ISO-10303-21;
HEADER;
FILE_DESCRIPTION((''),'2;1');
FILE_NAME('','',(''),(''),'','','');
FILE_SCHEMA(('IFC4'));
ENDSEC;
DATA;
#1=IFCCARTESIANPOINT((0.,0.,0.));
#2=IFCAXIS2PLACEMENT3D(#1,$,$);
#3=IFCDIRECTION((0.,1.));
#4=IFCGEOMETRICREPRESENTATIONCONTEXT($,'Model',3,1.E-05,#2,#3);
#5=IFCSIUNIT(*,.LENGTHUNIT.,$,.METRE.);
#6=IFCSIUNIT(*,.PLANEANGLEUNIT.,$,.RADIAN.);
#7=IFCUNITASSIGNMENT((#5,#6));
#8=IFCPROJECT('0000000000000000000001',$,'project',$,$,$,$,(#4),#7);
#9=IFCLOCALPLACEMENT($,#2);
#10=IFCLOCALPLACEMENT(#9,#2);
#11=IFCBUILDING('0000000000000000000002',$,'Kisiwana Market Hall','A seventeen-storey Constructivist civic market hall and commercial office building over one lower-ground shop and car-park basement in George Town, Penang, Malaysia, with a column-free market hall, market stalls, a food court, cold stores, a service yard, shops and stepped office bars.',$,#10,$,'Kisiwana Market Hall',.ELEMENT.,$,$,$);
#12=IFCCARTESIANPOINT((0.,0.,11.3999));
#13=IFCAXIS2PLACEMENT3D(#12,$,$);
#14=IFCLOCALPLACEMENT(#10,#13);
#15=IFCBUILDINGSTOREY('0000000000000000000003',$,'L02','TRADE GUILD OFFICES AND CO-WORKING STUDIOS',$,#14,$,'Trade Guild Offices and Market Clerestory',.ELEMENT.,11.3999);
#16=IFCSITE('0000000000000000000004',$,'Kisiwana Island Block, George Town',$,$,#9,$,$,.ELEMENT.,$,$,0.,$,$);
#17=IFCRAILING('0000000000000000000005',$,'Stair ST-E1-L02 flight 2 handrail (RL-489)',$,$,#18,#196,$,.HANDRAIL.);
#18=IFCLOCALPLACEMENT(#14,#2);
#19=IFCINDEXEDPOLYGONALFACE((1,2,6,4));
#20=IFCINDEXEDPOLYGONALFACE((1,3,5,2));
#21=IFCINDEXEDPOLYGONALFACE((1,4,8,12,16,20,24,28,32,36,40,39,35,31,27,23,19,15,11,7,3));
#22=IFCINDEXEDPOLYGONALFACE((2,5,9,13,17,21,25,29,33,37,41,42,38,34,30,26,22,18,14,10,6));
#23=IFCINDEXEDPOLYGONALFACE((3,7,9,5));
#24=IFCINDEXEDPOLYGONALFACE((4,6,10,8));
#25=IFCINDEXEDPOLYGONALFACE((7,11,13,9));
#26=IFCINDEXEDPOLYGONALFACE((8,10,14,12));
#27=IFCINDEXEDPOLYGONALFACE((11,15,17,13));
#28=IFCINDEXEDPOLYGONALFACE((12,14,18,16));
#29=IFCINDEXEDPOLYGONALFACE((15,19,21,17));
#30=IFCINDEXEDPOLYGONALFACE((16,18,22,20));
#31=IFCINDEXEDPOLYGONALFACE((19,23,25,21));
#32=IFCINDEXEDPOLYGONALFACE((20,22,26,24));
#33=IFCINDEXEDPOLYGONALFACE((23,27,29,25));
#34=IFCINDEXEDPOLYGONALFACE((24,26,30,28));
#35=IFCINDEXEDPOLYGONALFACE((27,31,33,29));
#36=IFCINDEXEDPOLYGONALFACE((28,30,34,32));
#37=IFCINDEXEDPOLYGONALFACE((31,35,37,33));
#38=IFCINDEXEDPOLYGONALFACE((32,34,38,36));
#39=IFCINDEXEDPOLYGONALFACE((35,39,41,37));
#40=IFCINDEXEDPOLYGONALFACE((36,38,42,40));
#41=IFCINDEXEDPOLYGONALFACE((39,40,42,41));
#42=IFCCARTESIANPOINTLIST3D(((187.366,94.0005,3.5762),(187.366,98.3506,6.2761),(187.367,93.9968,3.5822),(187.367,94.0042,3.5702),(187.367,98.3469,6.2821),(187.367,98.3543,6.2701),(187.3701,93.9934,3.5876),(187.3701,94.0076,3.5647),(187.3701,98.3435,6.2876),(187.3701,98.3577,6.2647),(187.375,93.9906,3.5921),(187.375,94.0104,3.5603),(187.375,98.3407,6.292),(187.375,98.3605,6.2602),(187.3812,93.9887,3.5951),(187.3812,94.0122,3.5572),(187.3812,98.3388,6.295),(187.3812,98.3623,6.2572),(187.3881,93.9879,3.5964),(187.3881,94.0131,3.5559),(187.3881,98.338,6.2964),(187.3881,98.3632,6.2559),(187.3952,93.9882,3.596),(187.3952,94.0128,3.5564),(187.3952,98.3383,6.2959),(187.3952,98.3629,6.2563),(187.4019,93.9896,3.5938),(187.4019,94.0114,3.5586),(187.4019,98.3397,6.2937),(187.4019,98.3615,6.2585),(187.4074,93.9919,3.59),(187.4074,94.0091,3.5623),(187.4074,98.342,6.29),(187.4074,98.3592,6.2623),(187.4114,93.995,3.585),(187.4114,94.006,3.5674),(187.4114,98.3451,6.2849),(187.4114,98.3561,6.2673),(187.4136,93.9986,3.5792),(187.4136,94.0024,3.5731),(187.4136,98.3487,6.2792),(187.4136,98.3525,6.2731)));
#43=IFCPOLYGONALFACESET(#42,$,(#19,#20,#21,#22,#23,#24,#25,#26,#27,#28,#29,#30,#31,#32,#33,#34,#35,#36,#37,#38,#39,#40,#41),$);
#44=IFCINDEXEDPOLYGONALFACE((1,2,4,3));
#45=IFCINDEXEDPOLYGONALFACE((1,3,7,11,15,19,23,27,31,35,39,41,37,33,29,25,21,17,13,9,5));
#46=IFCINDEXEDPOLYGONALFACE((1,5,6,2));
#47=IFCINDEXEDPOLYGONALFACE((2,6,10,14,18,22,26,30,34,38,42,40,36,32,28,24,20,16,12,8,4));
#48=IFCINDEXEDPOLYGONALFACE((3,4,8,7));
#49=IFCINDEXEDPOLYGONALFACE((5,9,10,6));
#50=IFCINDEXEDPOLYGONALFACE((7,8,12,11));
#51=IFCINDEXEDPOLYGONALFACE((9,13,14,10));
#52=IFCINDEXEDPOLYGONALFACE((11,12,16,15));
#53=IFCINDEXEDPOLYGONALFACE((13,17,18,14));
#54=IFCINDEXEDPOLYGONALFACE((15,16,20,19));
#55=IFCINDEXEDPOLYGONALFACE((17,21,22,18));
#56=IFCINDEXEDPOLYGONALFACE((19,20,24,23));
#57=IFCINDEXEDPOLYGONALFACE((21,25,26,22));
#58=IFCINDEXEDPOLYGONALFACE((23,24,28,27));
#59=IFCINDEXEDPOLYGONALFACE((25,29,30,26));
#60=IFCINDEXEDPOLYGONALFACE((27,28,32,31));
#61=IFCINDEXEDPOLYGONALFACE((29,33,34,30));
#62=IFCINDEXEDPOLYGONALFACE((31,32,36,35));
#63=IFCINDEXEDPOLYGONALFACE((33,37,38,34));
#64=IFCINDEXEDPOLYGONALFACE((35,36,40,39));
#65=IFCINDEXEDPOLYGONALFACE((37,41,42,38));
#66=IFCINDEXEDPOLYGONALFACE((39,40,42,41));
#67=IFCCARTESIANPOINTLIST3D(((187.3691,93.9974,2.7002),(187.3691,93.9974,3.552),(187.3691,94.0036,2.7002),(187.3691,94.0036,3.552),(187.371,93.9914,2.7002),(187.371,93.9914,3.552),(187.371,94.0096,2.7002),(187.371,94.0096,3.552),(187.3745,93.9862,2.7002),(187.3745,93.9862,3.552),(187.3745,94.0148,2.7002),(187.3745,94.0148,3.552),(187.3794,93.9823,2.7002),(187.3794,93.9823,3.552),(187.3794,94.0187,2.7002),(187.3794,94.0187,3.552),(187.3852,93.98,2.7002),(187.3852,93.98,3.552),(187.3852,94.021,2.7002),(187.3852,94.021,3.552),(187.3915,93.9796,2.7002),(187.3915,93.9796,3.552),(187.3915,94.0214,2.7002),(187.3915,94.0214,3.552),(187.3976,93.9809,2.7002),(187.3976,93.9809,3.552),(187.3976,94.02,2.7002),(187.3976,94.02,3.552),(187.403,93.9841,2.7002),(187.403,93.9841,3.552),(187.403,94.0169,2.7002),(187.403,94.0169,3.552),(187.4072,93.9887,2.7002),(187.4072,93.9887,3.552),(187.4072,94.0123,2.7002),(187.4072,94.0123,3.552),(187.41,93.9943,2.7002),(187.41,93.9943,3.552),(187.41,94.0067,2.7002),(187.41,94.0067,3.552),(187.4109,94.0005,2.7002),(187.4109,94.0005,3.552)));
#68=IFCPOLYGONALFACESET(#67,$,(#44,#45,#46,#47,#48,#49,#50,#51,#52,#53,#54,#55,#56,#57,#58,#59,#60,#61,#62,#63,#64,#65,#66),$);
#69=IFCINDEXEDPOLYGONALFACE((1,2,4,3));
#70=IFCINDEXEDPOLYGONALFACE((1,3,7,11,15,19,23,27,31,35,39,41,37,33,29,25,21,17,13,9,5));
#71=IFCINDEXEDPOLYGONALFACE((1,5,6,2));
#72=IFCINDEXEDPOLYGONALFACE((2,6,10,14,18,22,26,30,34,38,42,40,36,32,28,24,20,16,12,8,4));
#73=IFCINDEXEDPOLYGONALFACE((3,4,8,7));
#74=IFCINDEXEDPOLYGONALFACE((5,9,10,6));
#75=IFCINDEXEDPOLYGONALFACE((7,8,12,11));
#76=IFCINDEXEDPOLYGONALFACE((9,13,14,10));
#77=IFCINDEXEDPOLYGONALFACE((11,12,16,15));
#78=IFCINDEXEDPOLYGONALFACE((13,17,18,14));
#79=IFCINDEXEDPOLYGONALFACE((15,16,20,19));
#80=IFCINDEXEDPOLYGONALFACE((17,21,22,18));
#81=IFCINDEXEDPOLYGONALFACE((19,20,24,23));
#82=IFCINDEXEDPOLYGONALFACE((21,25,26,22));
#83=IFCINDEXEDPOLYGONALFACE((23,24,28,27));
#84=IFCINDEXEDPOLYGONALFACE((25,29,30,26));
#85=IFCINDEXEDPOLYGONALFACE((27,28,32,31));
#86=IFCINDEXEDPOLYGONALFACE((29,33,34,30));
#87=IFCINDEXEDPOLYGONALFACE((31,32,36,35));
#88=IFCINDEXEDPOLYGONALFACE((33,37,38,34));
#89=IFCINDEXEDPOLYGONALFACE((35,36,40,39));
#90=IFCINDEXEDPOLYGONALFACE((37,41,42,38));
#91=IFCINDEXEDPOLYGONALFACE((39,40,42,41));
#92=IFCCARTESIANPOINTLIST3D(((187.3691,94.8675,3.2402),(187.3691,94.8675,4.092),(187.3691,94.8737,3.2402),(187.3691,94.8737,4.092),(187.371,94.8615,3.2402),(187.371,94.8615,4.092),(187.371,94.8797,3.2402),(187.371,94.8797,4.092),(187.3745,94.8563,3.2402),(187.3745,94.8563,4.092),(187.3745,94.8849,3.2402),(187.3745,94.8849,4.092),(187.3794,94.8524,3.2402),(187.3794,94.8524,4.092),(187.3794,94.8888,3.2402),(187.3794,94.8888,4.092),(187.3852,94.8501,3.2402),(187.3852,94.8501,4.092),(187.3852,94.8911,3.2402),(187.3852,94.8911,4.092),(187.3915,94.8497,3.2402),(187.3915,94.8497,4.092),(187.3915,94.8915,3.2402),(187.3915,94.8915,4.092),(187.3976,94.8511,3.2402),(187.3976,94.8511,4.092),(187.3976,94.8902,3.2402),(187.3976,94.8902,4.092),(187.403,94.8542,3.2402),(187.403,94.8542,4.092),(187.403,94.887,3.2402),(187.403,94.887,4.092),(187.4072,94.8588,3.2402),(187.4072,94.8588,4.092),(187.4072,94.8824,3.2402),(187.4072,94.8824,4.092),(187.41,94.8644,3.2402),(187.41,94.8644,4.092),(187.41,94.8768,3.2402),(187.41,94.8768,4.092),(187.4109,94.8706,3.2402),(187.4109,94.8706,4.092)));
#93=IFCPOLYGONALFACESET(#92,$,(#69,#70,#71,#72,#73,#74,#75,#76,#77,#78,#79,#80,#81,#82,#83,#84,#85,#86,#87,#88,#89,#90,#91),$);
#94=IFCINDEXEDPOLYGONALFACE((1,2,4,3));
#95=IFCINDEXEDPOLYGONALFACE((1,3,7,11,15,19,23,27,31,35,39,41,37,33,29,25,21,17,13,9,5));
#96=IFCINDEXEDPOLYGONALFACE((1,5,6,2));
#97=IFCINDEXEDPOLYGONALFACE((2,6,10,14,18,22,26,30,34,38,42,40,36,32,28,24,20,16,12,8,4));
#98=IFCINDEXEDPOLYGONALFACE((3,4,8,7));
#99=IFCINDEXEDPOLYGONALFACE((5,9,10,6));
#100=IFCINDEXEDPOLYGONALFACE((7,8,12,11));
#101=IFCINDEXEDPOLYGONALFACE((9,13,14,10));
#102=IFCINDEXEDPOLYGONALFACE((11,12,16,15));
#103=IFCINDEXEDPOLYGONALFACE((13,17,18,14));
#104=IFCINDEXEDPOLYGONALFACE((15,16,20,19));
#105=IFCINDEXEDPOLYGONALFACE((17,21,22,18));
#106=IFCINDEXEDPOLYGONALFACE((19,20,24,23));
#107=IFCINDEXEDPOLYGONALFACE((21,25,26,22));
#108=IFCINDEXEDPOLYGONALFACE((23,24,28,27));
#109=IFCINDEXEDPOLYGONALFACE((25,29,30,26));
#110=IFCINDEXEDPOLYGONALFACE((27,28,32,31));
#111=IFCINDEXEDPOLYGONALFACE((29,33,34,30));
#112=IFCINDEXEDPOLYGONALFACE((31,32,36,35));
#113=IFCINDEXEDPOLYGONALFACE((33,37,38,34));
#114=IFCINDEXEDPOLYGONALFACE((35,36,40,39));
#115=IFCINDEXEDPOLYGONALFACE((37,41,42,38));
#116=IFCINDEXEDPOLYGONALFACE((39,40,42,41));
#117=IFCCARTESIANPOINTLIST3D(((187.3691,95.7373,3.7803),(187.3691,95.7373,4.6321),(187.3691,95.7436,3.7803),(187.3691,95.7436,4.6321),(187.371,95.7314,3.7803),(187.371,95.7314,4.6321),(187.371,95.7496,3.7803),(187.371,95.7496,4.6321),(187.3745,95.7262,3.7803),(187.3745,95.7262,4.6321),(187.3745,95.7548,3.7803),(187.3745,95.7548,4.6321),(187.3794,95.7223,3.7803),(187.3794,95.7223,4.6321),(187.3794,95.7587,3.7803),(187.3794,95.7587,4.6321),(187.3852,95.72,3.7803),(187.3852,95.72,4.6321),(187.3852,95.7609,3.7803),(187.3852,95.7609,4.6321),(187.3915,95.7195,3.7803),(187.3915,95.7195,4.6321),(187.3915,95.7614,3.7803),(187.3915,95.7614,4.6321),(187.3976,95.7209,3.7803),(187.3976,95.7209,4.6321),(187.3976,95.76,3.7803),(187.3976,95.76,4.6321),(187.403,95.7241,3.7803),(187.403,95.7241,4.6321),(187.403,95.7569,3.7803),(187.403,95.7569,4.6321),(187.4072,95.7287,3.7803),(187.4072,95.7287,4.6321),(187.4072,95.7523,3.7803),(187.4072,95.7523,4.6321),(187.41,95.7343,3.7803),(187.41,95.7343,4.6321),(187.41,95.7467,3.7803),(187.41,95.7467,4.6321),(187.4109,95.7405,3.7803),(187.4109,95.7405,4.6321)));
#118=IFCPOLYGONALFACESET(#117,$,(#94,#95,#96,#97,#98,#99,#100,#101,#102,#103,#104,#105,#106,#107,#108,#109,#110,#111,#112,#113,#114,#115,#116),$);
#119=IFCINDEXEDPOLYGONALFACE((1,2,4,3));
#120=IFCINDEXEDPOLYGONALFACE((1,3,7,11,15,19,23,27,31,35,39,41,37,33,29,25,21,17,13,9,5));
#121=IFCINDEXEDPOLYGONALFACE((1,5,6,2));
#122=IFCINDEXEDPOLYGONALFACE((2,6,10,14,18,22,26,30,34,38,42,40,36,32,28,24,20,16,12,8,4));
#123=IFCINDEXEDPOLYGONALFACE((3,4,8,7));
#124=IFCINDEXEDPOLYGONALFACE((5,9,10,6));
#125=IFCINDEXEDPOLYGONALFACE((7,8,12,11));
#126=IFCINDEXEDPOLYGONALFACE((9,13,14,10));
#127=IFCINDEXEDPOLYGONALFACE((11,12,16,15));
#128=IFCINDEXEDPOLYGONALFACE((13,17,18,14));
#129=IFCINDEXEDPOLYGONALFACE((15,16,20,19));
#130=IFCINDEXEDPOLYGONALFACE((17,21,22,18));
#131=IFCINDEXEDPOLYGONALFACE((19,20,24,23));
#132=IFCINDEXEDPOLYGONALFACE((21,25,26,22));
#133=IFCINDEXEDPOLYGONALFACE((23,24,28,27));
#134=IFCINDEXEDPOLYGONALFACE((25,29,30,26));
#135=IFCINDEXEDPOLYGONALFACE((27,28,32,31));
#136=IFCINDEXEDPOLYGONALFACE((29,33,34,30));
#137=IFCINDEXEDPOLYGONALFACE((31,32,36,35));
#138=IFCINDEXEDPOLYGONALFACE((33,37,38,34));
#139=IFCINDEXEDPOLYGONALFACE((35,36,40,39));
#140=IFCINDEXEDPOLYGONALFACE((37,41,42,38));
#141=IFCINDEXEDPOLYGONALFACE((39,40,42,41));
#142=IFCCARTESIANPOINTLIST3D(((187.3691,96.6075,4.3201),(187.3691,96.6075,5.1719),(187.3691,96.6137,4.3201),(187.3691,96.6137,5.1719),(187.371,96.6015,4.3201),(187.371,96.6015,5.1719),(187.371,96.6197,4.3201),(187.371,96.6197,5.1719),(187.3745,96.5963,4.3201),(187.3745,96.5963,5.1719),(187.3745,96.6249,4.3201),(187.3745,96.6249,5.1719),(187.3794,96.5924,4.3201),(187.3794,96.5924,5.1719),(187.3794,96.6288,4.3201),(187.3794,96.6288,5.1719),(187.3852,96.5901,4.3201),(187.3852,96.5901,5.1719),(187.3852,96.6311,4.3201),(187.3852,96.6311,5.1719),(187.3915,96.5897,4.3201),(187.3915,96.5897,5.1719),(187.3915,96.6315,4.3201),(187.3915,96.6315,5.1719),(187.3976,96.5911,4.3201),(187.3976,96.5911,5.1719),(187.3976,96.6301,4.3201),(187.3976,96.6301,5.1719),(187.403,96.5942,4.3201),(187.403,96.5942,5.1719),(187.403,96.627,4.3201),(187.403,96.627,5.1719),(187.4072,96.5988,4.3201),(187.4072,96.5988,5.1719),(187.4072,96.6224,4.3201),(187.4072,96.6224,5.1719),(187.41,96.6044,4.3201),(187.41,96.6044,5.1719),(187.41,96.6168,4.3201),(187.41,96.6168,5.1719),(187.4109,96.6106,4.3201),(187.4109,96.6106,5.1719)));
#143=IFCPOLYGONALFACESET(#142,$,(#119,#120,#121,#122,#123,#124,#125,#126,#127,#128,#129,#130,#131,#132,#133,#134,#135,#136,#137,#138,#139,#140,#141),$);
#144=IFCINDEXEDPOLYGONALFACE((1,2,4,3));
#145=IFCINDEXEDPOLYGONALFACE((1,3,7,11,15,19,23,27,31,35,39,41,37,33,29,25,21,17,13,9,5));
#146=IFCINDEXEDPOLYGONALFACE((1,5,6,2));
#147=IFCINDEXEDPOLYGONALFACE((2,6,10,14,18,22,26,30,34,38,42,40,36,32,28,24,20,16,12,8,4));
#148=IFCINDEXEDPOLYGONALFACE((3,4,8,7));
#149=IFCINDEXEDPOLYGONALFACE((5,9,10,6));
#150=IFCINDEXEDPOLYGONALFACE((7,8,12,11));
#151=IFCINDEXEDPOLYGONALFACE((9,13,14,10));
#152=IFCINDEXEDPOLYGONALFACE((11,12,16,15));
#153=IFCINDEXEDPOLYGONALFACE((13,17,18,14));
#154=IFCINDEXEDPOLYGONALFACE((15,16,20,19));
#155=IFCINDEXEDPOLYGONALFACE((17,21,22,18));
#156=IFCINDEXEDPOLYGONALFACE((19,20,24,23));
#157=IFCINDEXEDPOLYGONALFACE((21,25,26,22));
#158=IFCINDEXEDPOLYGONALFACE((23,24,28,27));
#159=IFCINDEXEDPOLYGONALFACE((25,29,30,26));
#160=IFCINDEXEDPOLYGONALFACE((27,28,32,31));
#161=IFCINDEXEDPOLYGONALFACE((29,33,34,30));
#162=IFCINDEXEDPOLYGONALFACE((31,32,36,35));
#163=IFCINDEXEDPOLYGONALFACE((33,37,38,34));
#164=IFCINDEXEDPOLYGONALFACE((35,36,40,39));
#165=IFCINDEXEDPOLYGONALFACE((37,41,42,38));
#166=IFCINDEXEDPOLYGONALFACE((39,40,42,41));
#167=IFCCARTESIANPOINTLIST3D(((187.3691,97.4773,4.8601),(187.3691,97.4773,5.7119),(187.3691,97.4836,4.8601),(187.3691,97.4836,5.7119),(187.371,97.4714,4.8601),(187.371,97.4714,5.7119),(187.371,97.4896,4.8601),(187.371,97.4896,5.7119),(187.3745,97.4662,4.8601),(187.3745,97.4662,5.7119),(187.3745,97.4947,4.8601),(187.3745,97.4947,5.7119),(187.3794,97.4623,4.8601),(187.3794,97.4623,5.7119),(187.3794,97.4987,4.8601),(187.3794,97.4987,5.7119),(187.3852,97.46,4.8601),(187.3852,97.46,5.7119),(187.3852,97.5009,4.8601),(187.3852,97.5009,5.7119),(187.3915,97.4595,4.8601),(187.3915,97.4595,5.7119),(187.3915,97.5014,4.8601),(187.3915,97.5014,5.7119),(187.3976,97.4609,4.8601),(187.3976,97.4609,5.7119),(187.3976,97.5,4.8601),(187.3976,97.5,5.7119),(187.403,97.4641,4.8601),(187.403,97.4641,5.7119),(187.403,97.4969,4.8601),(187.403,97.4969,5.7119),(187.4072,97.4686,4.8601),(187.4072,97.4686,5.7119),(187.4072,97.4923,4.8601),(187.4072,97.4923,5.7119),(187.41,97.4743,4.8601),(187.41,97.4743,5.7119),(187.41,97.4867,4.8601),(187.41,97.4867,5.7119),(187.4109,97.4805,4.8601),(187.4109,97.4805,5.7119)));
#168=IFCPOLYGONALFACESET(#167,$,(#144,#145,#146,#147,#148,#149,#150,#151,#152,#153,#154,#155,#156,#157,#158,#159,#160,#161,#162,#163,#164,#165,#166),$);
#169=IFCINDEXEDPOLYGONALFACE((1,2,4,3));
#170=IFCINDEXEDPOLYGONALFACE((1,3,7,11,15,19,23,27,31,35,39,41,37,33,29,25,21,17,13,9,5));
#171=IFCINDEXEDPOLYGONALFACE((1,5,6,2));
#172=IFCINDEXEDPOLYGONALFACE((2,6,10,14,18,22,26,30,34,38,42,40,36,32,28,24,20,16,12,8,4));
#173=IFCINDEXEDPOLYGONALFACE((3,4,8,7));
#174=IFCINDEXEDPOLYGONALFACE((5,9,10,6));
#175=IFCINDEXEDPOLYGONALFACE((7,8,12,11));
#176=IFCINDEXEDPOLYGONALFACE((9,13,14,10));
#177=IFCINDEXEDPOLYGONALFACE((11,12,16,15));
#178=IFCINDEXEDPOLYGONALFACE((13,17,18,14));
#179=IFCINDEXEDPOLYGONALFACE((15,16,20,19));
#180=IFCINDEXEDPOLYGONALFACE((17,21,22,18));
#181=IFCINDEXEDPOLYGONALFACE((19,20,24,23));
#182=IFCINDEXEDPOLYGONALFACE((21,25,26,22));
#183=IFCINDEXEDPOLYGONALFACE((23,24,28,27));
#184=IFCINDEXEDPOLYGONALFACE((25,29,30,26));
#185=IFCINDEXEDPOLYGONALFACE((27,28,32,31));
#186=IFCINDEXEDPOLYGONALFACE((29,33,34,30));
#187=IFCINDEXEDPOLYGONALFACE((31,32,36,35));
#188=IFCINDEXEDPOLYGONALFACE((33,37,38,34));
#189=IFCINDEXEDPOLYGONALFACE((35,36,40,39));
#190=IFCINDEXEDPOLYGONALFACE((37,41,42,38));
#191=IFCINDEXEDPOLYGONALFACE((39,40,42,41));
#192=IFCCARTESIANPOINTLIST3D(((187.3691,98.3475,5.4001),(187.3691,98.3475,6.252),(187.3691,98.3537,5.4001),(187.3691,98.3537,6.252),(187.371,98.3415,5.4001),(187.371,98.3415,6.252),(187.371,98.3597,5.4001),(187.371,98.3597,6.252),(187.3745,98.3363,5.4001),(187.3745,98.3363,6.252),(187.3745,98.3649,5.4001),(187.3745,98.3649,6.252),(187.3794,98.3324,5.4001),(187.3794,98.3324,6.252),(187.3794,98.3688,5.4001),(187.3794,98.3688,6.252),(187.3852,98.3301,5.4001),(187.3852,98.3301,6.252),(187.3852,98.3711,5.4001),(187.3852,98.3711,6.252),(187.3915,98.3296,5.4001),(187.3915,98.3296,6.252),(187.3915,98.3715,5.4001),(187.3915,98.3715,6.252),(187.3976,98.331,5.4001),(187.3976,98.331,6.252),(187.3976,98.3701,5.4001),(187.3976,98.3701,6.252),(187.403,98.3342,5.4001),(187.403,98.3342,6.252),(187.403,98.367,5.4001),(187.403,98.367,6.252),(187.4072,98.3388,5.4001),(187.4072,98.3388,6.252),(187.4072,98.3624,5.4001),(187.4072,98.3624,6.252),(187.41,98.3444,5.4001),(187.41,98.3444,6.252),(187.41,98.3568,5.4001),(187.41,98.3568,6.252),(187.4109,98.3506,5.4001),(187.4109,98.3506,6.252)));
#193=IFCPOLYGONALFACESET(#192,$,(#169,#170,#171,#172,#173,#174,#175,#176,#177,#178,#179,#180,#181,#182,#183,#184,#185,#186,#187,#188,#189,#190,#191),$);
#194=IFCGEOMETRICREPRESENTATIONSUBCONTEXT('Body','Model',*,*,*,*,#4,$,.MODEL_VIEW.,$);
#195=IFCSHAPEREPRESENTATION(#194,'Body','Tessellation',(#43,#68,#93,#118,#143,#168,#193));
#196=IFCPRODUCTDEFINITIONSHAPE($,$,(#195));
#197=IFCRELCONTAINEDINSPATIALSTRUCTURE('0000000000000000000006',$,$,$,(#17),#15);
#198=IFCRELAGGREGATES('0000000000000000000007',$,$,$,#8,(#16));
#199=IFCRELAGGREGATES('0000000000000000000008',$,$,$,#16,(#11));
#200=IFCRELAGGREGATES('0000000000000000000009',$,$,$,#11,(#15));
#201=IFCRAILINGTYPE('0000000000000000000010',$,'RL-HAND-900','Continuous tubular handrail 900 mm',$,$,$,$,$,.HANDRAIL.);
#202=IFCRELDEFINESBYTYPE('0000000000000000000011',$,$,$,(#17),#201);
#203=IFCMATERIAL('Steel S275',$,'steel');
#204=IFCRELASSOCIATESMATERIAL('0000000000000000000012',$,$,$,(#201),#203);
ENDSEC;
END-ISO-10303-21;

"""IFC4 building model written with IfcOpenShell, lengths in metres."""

from ifc_helpers import new_model, si_unit, direction, frame, origin, origin_2d, place, context, subcontext, project, spatial, circle, extrude, material, type_object, element, save


model = new_model("IFC4")

# Units and contexts
model_context = context("Model", 3, precision=1e-05, world=origin(), true_north=direction((0.0, 1.0)))
body_context = subcontext(model_context, "Body", "Model", "MODEL_VIEW")
ifc_project = project(units=[si_unit("LENGTHUNIT", "METRE"), si_unit("PLANEANGLEUNIT", "RADIAN")], contexts=[model_context])

# Site, building, storey
site_placement = place(None, origin())
site = spatial("IfcSite", under=ifc_project, at=site_placement, Name="Kisiwana Island Block, George Town", CompositionType="ELEMENT", RefElevation=0.0)
building_placement = place(site_placement, origin())
building = spatial("IfcBuilding", under=site, at=building_placement, Name="Kisiwana Market Hall", Description="A seventeen-storey Constructivist civic market hall and commercial office building over one lower-ground shop and car-park basement in George Town, Penang, Malaysia, with a column-free market hall, market stalls, a food court, cold stores, a service yard, shops and stepped office bars.", LongName="Kisiwana Market Hall", CompositionType="ELEMENT")
storey_placement = place(building_placement, frame((0.0, 0.0, 11.3999)))
storey = spatial("IfcBuildingStorey", under=building, at=storey_placement, Name="L02", Description="TRADE GUILD OFFICES AND CO-WORKING STUDIOS", LongName="Trade Guild Offices and Market Clerestory", CompositionType="ELEMENT", Elevation=11.3999)

# Railing
ifc_material_1 = material(Name="Steel S275", Category="steel")
railing_type_1 = type_object("IfcRailingType", Name="RL-HAND-900", Description="Continuous tubular handrail 900 mm", PredefinedType="HANDRAIL", material=ifc_material_1)
railing_1_placement = place(storey_placement, frame((187.3899, 94.0005, 2.7002)))
element("IfcRailing", 1, at=railing_1_placement, inside=storey, type_object=railing_type_1, Name="Stair ST-E1-L02 flight 2 handrail (RL-489)", PredefinedType="HANDRAIL", context=body_context, shape_type="SweptSolid", body=[
    extrude(circle(Radius=0.0239, at=origin_2d()), frame((0.0, 0.0, 0.876), z_axis=(0.0, 0.84965, 0.527347), x_axis=(-1.0, 0.0, 0.0)), (0.0, 0.0, 1.0), 5.1199),
    extrude(circle(Radius=0.021, at=origin_2d()), origin(), (0.0, 0.0, 1.0), 0.8518),
    extrude(circle(Radius=0.021, at=origin_2d()), frame((0.0, 0.8701, 0.54)), (0.0, 0.0, 1.0), 0.8518),
    extrude(circle(Radius=0.021, at=origin_2d()), frame((0.0, 1.74, 1.0801)), (0.0, 0.0, 1.0), 0.8518),
    extrude(circle(Radius=0.021, at=origin_2d()), frame((0.0, 2.6101, 1.6199)), (0.0, 0.0, 1.0), 0.8518),
    extrude(circle(Radius=0.021, at=origin_2d()), frame((0.0, 3.48, 2.1599)), (0.0, 0.0, 1.0), 0.8518),
    extrude(circle(Radius=0.021, at=origin_2d()), frame((0.0, 4.3501, 2.7)), (0.0, 0.0, 1.0), 0.8518),
])

save(model, "model.ifc")
